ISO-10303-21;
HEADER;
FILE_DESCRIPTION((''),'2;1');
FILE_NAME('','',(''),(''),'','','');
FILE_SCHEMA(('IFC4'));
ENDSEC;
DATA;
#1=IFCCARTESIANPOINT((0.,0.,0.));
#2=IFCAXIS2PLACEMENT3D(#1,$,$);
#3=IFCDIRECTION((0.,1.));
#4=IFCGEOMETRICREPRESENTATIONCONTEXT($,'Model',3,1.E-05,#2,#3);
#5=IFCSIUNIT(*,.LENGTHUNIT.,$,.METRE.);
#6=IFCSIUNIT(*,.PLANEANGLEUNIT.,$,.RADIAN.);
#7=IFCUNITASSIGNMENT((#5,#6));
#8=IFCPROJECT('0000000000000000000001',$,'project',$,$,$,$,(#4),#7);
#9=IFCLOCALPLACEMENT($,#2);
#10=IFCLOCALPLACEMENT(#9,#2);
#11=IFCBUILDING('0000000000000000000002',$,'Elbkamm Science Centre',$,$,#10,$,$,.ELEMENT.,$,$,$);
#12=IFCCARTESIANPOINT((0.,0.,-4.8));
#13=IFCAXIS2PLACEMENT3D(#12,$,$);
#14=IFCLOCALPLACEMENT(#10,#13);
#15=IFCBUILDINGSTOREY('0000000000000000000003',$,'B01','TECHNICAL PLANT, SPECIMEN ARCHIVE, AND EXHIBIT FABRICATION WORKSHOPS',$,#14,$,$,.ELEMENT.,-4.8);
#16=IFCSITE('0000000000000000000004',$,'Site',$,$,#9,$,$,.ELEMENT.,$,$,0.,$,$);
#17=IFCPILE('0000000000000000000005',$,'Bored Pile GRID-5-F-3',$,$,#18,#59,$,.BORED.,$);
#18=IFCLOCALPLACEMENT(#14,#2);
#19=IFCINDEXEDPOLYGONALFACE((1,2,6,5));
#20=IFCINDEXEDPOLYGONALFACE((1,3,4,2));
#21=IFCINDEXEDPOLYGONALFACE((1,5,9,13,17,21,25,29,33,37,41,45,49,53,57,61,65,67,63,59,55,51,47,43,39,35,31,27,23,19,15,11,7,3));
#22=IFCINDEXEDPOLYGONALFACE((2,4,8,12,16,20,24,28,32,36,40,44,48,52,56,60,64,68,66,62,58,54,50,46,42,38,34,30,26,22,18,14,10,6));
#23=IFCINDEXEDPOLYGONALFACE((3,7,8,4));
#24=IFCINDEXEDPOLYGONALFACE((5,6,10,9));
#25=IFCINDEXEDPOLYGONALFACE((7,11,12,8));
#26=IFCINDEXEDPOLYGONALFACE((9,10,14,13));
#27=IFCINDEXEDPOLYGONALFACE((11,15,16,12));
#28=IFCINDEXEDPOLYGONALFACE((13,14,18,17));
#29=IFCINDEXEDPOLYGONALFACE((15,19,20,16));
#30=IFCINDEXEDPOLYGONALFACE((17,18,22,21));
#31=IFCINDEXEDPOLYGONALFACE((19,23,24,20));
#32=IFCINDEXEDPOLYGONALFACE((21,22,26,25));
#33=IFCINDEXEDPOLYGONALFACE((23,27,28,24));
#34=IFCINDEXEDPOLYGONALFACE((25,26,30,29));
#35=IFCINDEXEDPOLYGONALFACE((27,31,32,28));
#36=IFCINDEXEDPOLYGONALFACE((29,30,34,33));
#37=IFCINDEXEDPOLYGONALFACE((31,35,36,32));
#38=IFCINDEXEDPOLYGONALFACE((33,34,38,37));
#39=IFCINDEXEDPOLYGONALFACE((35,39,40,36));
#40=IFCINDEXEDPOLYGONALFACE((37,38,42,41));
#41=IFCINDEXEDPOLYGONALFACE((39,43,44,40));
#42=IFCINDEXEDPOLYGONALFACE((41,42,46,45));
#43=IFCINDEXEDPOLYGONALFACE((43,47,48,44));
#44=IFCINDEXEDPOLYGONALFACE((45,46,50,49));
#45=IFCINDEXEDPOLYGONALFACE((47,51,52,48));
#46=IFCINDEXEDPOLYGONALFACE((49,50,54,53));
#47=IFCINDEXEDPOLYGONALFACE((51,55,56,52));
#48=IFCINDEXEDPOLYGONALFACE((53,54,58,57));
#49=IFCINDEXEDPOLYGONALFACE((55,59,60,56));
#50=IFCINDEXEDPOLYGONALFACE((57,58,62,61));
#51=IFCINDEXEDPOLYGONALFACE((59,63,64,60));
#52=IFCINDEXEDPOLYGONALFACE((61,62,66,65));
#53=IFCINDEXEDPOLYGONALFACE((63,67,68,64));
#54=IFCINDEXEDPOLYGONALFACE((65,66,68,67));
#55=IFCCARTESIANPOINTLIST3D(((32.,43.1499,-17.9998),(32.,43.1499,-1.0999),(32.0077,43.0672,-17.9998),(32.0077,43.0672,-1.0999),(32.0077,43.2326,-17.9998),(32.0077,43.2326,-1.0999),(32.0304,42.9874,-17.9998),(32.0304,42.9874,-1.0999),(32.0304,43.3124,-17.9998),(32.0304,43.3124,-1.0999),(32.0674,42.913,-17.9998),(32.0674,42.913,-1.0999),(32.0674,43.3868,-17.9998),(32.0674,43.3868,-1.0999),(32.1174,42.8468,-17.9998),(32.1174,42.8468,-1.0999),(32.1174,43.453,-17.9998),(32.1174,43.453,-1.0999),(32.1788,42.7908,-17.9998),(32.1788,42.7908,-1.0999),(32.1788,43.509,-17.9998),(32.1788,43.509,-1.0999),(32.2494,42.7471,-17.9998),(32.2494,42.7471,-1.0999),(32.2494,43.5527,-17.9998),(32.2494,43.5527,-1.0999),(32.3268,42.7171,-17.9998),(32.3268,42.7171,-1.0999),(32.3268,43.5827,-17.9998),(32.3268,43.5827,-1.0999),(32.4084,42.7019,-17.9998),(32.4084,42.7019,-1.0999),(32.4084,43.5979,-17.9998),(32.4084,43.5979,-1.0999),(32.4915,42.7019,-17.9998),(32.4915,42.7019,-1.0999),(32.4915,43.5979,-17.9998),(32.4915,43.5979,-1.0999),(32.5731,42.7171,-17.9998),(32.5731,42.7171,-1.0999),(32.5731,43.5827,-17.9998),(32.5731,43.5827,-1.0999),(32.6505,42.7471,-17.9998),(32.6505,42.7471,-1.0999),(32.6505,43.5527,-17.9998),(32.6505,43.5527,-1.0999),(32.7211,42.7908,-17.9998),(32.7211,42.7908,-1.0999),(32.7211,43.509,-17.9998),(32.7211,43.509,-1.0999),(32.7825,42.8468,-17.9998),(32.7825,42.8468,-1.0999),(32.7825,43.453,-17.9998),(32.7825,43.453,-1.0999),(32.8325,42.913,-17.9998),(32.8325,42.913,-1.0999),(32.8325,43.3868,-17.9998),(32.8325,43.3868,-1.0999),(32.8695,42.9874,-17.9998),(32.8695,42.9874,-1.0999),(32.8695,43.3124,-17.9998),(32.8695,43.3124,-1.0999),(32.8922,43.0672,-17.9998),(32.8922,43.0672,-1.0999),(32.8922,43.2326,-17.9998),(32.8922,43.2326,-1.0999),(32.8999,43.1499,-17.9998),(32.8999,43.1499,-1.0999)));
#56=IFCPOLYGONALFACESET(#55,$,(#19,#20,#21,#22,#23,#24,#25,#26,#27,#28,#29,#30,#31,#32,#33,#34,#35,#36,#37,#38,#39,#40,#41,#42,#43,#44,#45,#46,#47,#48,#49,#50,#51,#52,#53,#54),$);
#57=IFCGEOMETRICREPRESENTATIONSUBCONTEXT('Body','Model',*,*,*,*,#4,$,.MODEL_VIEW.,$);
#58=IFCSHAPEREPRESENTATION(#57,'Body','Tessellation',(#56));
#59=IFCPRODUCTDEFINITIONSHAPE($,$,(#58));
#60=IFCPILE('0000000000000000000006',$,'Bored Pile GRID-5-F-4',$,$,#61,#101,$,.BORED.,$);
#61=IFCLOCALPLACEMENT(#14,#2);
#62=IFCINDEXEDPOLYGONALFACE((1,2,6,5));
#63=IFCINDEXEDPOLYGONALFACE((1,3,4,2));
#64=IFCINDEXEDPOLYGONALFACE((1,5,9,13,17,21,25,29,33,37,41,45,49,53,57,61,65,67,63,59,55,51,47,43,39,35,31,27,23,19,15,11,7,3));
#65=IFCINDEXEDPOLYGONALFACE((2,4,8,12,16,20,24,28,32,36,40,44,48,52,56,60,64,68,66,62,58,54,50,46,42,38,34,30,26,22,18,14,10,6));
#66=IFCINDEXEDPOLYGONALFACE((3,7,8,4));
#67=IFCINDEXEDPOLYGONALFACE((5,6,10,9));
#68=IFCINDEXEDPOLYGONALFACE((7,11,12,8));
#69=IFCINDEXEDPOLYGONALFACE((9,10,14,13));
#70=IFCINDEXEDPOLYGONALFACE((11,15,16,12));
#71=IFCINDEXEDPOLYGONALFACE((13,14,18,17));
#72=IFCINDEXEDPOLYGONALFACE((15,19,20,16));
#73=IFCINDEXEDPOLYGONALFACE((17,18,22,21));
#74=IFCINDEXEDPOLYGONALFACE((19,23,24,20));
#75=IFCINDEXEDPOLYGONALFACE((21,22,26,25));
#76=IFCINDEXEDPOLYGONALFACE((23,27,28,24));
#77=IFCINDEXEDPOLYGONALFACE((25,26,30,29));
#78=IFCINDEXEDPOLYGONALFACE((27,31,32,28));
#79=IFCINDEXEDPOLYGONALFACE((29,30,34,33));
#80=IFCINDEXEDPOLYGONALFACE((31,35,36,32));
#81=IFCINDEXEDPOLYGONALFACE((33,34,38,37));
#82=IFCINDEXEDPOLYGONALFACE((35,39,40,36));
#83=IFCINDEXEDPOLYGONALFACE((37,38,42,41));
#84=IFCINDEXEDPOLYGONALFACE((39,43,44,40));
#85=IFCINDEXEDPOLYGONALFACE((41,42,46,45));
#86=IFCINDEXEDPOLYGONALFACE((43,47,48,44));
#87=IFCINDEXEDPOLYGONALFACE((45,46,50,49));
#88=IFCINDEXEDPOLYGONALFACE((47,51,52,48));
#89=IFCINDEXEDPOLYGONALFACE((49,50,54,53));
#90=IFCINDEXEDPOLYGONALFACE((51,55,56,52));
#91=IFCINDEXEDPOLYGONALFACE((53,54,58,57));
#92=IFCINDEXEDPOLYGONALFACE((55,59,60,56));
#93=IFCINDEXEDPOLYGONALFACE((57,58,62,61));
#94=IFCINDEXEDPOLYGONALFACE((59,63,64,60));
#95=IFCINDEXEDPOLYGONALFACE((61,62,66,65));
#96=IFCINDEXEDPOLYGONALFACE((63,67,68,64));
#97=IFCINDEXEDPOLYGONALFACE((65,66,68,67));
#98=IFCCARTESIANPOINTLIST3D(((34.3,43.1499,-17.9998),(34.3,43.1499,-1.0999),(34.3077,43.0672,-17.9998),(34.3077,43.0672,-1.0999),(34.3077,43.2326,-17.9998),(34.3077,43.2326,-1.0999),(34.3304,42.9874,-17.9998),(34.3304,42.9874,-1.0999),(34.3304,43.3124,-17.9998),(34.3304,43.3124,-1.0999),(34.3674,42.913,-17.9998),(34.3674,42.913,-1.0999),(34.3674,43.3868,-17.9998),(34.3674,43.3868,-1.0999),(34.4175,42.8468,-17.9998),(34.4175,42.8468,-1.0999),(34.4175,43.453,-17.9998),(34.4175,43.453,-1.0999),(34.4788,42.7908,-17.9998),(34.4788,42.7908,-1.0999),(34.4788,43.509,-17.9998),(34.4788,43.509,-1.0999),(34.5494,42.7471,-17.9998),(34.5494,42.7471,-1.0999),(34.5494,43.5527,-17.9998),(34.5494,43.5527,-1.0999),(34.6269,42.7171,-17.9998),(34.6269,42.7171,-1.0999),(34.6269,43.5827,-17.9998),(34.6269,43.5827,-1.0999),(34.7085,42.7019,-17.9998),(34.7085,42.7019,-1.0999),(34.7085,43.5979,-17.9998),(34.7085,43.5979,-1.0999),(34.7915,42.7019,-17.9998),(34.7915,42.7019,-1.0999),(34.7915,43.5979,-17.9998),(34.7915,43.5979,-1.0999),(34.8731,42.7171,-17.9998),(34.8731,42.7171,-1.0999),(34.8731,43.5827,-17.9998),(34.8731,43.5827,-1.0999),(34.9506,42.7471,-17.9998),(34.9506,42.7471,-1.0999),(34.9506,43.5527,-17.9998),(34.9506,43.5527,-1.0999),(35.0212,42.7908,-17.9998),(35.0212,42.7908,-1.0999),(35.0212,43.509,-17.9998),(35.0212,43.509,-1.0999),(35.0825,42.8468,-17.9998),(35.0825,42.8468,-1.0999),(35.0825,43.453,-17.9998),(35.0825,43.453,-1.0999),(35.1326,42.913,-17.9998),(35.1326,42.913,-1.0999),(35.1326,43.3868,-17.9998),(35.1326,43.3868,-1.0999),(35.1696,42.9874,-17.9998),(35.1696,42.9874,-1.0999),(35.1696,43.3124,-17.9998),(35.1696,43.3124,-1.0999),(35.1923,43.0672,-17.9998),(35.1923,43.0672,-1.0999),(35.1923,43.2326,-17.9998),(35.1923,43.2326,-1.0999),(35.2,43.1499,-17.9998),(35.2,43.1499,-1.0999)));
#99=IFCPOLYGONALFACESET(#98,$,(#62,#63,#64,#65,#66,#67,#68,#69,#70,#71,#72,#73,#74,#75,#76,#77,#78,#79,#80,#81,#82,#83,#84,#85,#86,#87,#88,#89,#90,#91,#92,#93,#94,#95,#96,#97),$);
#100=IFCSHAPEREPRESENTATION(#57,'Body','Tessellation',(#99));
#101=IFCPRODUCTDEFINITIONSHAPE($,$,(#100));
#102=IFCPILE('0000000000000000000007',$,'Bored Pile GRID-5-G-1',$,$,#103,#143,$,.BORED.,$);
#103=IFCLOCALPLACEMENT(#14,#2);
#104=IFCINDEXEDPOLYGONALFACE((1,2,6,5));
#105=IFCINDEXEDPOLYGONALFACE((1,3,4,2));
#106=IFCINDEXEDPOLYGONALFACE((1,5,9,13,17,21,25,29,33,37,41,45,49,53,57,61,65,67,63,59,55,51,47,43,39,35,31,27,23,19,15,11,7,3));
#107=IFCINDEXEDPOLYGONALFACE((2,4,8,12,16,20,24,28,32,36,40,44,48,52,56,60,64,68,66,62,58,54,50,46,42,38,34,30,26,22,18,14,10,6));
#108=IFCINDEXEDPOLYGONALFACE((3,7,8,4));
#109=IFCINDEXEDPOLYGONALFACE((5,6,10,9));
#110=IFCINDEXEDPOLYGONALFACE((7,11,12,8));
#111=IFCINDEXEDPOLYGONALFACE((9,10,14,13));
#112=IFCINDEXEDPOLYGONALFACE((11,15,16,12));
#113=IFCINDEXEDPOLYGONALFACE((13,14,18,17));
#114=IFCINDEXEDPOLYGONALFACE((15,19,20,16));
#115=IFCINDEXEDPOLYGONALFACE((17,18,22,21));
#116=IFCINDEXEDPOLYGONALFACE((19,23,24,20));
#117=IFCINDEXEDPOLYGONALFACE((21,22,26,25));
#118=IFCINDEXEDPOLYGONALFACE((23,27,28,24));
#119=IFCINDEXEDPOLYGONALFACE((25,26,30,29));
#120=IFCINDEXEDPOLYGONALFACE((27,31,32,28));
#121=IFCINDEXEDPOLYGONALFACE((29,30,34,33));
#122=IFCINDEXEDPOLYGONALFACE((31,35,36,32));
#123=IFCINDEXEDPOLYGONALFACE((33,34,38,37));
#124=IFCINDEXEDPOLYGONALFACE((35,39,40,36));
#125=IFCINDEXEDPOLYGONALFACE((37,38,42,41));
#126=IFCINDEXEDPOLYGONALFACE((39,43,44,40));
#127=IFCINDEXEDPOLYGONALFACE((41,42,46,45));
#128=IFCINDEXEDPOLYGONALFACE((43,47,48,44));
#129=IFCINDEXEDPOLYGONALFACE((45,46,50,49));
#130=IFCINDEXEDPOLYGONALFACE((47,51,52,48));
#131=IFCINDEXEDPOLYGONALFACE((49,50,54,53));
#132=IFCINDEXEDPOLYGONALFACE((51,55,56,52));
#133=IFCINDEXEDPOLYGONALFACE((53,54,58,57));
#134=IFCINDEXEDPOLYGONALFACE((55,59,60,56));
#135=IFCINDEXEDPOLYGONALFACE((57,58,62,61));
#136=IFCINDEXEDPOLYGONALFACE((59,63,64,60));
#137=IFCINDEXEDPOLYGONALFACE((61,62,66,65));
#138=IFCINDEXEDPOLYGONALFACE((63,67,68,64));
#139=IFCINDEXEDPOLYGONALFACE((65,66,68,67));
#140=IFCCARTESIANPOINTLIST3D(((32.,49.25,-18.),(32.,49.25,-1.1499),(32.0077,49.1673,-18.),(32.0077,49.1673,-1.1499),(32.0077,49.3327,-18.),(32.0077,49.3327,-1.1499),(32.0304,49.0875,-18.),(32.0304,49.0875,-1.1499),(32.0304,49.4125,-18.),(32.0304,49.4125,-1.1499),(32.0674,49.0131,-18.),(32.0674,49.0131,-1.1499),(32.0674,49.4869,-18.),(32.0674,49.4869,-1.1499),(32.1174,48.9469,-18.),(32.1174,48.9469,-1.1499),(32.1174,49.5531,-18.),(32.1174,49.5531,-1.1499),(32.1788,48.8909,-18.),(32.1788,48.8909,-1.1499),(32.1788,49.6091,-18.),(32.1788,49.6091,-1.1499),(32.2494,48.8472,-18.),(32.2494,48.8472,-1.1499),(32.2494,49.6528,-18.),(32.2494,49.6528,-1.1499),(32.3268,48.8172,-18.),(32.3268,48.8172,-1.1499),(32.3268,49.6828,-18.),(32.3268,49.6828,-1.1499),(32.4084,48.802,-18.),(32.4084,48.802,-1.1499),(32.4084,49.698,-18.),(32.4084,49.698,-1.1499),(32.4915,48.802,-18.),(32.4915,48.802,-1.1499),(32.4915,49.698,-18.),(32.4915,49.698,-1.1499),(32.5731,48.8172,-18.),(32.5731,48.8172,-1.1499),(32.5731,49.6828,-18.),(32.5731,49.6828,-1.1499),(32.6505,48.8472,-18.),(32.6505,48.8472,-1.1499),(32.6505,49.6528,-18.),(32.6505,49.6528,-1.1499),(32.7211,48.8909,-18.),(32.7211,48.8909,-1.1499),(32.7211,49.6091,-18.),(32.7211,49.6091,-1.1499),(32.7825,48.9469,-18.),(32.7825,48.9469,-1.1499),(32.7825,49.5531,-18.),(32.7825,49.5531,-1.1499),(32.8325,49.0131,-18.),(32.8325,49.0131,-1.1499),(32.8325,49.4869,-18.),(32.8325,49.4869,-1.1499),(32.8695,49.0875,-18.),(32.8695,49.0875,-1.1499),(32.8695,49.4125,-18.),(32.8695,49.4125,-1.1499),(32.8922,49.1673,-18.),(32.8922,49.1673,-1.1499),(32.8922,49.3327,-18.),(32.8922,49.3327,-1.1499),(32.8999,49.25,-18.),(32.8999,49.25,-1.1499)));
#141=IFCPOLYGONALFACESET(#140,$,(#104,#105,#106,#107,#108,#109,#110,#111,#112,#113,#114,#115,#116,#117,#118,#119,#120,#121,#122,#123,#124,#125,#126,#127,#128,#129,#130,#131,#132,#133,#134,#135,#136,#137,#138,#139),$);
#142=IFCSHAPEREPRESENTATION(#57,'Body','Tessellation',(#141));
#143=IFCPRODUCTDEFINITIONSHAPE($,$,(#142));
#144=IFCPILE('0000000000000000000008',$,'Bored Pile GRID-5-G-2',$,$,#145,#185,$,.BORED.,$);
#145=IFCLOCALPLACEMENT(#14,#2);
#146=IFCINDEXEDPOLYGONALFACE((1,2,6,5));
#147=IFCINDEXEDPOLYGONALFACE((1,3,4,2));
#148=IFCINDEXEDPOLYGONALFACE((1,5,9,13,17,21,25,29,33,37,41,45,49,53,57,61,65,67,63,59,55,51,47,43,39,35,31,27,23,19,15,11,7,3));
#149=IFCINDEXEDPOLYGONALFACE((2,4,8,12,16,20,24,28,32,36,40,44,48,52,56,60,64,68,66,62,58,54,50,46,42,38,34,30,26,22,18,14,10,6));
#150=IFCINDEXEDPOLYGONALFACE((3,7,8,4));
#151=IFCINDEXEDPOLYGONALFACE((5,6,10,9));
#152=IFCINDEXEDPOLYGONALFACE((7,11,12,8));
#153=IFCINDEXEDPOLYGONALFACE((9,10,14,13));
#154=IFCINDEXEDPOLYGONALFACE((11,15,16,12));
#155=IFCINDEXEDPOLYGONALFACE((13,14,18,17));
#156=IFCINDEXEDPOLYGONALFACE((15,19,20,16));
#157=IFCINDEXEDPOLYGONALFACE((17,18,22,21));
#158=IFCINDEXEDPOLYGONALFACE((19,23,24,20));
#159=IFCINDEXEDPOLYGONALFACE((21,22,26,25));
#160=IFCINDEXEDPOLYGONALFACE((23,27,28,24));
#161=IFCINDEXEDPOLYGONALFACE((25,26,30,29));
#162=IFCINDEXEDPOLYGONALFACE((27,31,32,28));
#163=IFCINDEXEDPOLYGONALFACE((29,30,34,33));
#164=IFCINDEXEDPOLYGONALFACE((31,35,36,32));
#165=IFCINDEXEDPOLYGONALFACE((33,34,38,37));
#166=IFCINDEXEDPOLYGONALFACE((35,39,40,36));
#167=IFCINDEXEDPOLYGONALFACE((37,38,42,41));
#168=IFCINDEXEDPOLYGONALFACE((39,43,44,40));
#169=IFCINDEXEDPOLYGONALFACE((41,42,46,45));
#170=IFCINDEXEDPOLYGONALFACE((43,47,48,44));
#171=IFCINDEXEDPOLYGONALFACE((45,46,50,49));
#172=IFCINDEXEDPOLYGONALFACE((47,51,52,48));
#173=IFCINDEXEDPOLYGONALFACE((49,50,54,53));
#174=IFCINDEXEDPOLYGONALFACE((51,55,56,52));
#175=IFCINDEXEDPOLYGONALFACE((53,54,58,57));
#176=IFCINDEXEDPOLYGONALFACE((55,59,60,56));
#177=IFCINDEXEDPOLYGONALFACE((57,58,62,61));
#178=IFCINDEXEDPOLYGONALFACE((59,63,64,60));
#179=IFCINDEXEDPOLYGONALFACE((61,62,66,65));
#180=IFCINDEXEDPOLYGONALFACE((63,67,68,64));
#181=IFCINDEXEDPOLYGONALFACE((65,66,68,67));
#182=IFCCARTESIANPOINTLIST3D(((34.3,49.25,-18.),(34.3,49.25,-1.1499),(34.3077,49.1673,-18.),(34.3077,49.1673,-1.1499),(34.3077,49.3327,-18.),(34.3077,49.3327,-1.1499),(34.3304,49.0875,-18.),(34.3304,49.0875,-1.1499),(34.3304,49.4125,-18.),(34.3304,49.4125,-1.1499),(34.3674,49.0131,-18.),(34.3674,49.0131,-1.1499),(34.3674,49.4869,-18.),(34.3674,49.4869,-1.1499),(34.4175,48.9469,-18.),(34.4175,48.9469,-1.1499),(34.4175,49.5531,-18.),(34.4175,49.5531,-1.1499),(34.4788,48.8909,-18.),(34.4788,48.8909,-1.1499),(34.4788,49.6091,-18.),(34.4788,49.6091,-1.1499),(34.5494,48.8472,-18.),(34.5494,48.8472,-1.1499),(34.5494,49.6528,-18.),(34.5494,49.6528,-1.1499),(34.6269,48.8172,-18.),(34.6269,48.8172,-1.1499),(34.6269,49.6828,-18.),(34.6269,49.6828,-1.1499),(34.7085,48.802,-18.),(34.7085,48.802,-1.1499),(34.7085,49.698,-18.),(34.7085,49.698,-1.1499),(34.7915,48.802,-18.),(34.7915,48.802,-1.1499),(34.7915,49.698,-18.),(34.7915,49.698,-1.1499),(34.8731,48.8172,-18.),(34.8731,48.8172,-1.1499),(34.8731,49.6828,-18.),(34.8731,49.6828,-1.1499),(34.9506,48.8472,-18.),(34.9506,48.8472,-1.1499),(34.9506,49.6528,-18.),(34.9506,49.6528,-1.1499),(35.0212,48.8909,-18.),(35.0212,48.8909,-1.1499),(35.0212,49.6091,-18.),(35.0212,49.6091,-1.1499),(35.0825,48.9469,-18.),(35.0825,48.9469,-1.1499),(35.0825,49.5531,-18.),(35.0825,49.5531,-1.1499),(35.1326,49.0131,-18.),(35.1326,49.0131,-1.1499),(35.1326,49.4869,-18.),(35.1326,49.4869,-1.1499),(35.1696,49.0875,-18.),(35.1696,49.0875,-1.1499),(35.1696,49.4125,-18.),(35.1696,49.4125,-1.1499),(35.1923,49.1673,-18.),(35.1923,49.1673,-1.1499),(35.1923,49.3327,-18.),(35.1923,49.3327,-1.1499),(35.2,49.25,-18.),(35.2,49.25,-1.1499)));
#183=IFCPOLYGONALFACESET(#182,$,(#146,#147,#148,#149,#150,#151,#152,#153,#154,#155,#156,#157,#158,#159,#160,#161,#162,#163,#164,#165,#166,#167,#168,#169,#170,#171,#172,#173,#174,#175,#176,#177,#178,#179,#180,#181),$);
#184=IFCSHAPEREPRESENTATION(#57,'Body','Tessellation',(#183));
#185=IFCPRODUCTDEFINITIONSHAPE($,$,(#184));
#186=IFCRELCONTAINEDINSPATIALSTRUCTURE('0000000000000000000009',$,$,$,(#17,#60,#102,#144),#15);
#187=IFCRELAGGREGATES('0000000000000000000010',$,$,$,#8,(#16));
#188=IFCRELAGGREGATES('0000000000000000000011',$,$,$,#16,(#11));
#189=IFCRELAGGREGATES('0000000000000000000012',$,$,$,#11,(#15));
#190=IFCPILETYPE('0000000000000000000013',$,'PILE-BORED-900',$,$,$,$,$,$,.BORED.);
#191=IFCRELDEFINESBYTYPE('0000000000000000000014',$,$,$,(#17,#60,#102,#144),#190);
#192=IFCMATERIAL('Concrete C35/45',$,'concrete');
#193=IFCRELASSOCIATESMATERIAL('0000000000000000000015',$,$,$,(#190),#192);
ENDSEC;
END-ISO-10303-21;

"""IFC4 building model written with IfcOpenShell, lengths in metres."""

from ifc_helpers import new_model, si_unit, direction, frame, origin, origin_2d, place, context, subcontext, project, spatial, circle, extrude, material, material_profile, profile_set, type_object, element, save


model = new_model("IFC4")

# Units and contexts
model_context = context("Model", 3, precision=1e-05, world=origin(), true_north=direction((0.0, 1.0)))
body_context = subcontext(model_context, "Body", "Model", "MODEL_VIEW")
ifc_project = project(units=[si_unit("LENGTHUNIT", "METRE"), si_unit("PLANEANGLEUNIT", "RADIAN")], contexts=[model_context])

# Site, building, storey
site_placement = place(None, origin())
site = spatial("IfcSite", under=ifc_project, at=site_placement, Name="Site", CompositionType="ELEMENT", RefElevation=0.0)
building_placement = place(site_placement, origin())
building = spatial("IfcBuilding", under=site, at=building_placement, Name="Elbkamm Science Centre", CompositionType="ELEMENT")
storey_placement = place(building_placement, frame((0.0, 0.0, -4.8)))
storey = spatial("IfcBuildingStorey", under=building, at=storey_placement, Name="B01", Description="TECHNICAL PLANT, SPECIMEN ARCHIVE, AND EXHIBIT FABRICATION WORKSHOPS", CompositionType="ELEMENT", Elevation=-4.8)

# Shared definitions
ifc_material_1 = material(Name="Concrete C35/45", Category="concrete")

# Piles
ifc_material_profile_1 = material_profile(ifc_material_1, circle(Radius=0.45, at=origin_2d()), Name="PILE D900")
ifc_profile_set_1 = profile_set([ifc_material_profile_1], Name="Concrete C35/45")
pile_type = type_object("IfcPileType", Name="PILE-BORED-900", PredefinedType="BORED", material=ifc_profile_set_1)
for number, where, z_axis, x_axis, name in (
    (1, (32.45, 43.1499, -1.0999), (0.0, 0.0, -1.0), (1.0, 0.0, 0.0), "Bored Pile GRID-5-F-3"),
    (2, (34.75, 43.1499, -1.0999), (0.0, 0.0, -1.0), (1.0, 0.0, 0.0), "Bored Pile GRID-5-F-4"),
):
    element("IfcPile", number, at=place(storey_placement, frame(where, z_axis=z_axis, x_axis=x_axis)), inside=storey, type_object=pile_type, Name=name, PredefinedType="BORED", context=body_context, shape_type="SweptSolid", body=[
        extrude(circle(Radius=0.45, at=origin_2d()), origin(), (0.0, 0.0, 1.0), 16.8999),
    ])
for number, where, z_axis, x_axis, name in (
    (3, (32.45, 49.25, -1.1499), (0.0, 0.0, -1.0), (1.0, 0.0, 0.0), "Bored Pile GRID-5-G-1"),
    (4, (34.75, 49.25, -1.1499), (0.0, 0.0, -1.0), (1.0, 0.0, 0.0), "Bored Pile GRID-5-G-2"),
):
    element("IfcPile", number, at=place(storey_placement, frame(where, z_axis=z_axis, x_axis=x_axis)), inside=storey, type_object=pile_type, Name=name, PredefinedType="BORED", context=body_context, shape_type="SweptSolid", body=[
        extrude(circle(Radius=0.45, at=origin_2d()), origin(), (0.0, 0.0, 1.0), 16.8501),
    ])

save(model, "model.ifc")
